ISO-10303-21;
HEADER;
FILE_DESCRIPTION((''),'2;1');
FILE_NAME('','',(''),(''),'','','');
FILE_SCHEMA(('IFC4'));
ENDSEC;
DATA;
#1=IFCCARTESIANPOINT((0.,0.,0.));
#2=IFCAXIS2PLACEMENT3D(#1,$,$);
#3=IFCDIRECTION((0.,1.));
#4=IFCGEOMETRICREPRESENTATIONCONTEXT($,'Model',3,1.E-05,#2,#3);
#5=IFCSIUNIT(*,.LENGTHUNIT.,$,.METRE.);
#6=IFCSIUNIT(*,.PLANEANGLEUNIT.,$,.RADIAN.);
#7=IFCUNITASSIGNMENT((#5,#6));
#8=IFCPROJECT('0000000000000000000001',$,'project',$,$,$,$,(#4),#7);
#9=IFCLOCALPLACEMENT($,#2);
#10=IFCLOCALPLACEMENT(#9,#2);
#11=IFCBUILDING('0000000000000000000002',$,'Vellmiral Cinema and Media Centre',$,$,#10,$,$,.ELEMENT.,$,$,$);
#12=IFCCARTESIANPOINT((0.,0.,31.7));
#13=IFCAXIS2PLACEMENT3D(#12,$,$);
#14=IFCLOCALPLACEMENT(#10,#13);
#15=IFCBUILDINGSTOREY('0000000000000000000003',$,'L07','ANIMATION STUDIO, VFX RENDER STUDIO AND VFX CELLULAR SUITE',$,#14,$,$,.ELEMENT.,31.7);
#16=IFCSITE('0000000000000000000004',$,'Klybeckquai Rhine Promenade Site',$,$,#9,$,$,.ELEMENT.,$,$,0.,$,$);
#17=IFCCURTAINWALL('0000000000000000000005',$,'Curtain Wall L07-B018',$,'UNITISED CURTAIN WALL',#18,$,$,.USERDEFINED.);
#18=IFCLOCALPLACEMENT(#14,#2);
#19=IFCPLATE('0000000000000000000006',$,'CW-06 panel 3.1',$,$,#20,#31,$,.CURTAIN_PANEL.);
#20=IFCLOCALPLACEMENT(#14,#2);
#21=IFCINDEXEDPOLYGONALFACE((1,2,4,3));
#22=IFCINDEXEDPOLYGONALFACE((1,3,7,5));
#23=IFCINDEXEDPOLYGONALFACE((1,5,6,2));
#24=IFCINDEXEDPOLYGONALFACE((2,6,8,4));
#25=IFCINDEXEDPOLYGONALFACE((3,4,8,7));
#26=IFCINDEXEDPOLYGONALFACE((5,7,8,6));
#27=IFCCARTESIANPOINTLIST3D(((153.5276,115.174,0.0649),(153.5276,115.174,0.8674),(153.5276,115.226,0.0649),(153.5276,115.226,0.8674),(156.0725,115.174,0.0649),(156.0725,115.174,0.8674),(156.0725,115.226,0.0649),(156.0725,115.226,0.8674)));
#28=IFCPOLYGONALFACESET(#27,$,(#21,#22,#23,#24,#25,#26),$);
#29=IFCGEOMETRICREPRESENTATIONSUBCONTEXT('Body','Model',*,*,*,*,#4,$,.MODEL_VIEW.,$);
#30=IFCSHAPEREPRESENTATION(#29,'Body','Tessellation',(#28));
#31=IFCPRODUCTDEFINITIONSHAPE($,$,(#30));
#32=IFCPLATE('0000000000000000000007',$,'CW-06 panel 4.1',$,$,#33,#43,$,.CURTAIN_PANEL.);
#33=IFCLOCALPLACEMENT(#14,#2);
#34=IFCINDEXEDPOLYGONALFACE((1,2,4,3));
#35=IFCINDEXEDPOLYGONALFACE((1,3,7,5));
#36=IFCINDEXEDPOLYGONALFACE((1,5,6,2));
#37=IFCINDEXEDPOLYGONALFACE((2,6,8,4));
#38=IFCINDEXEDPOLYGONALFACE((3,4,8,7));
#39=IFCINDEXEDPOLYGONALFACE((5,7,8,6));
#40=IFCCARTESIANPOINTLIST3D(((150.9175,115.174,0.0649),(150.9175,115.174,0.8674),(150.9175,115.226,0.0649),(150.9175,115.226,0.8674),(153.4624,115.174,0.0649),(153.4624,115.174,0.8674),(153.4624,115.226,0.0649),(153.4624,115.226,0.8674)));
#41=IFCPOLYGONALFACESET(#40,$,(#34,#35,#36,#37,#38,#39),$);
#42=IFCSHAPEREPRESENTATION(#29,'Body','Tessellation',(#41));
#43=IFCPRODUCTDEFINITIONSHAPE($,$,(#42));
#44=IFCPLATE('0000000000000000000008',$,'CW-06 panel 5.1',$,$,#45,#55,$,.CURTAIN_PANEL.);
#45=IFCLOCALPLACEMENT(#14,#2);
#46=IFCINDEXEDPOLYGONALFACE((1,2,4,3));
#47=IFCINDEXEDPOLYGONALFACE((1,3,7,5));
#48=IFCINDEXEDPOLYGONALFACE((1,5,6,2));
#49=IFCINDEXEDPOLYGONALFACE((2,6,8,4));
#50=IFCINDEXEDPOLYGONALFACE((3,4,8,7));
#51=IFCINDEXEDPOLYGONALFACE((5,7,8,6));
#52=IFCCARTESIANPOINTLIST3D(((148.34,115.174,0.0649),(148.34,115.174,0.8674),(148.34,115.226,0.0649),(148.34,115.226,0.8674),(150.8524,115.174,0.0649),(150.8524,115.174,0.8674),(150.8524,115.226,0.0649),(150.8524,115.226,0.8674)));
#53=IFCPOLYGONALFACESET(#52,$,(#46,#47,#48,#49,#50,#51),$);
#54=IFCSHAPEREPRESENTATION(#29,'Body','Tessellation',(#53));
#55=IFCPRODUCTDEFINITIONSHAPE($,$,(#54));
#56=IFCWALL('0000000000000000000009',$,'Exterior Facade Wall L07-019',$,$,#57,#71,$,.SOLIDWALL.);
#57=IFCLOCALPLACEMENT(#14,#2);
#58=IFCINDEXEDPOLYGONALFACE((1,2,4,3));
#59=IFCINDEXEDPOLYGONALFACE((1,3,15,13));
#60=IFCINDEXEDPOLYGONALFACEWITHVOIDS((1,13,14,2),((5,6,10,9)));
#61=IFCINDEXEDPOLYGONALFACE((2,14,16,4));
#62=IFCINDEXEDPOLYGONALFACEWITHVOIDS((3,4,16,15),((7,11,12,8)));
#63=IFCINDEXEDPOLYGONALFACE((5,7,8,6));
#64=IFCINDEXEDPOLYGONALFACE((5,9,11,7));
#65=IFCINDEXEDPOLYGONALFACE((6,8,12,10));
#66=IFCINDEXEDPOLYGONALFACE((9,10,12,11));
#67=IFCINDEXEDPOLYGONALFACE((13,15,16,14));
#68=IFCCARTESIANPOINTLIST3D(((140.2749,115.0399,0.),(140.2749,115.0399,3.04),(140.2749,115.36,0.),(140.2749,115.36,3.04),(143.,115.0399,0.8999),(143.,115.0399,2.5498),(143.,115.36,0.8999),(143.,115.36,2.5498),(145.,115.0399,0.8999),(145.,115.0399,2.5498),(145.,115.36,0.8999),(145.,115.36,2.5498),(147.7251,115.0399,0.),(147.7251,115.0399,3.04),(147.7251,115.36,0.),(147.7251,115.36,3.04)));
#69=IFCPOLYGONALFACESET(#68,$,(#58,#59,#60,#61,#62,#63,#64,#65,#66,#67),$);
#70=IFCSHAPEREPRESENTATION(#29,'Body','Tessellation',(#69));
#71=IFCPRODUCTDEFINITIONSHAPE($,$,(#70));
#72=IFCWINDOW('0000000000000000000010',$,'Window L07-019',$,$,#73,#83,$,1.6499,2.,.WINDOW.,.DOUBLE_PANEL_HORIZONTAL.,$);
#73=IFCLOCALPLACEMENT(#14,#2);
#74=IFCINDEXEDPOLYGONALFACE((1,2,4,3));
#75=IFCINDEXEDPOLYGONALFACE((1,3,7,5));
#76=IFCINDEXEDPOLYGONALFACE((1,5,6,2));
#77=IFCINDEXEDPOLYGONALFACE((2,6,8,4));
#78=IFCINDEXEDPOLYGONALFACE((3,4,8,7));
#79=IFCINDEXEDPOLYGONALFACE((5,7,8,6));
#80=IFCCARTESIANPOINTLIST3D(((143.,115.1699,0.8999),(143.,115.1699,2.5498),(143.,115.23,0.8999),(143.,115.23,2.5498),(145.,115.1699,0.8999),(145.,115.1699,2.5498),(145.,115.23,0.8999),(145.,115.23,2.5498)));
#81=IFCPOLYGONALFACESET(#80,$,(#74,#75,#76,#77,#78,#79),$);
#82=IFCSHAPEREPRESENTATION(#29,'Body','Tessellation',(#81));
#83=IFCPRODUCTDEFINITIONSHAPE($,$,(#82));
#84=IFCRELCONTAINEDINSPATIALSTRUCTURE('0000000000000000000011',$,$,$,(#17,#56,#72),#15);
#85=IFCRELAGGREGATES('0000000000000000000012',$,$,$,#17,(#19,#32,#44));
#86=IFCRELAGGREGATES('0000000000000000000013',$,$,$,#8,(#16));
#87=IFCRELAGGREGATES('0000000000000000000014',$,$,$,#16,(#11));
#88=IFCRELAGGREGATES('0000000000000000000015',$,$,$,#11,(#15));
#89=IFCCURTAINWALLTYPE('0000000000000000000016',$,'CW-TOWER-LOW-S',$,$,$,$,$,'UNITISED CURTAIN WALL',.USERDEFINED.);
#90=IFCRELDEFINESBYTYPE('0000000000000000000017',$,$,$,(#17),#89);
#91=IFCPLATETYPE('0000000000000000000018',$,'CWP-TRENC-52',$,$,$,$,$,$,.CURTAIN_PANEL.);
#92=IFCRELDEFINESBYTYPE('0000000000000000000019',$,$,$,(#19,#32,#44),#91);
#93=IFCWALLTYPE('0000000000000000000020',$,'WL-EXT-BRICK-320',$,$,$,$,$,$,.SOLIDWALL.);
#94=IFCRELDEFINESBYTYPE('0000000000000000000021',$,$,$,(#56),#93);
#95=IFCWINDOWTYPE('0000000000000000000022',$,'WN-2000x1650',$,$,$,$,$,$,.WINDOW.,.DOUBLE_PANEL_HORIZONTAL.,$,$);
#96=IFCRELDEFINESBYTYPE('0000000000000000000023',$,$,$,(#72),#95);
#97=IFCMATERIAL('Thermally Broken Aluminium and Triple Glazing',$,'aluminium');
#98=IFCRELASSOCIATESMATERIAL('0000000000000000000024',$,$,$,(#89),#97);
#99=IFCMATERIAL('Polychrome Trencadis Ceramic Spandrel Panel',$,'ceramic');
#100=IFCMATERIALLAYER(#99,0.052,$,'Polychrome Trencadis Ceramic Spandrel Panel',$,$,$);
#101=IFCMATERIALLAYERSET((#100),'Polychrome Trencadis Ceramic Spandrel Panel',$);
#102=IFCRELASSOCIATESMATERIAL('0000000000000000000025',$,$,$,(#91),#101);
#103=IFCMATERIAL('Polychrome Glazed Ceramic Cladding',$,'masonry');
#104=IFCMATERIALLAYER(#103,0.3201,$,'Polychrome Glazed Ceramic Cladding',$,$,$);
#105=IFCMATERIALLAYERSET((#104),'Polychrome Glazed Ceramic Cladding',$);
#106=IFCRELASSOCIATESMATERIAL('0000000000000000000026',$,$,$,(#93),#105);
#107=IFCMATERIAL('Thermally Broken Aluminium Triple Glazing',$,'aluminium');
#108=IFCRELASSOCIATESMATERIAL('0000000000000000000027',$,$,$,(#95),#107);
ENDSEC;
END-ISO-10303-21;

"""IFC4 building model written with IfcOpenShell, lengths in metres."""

from ifc_helpers import new_model, si_unit, direction, frame, frame_2d, origin, origin_2d, place, context, subcontext, project, spatial, rectangle, extrude, material, layer, layer_set, type_object, element, fill, aggregate, save


model = new_model("IFC4")

# Units and contexts
model_context = context("Model", 3, precision=1e-05, world=origin(), true_north=direction((0.0, 1.0)))
body_context = subcontext(model_context, "Body", "Model", "MODEL_VIEW")
ifc_project = project(units=[si_unit("LENGTHUNIT", "METRE"), si_unit("PLANEANGLEUNIT", "RADIAN")], contexts=[model_context])

# Site, building, storey
site_placement = place(None, origin())
site = spatial("IfcSite", under=ifc_project, at=site_placement, Name="Klybeckquai Rhine Promenade Site", CompositionType="ELEMENT", RefElevation=0.0)
building_placement = place(site_placement, origin())
building = spatial("IfcBuilding", under=site, at=building_placement, Name="Vellmiral Cinema and Media Centre", CompositionType="ELEMENT")
storey_placement = place(building_placement, frame((0.0, 0.0, 31.7)))
storey = spatial("IfcBuildingStorey", under=building, at=storey_placement, Name="L07", Description="ANIMATION STUDIO, VFX RENDER STUDIO AND VFX CELLULAR SUITE", CompositionType="ELEMENT", Elevation=31.7)

# Curtain wall
ifc_material_1 = material(Name="Thermally Broken Aluminium and Triple Glazing", Category="aluminium")
curtain_wall_type = type_object("IfcCurtainWallType", Name="CW-TOWER-LOW-S", ElementType="UNITISED CURTAIN WALL", PredefinedType="USERDEFINED", material=ifc_material_1)
curtain_wall_placement = place(storey_placement, origin())
curtain_wall = element("IfcCurtainWall", 1, at=curtain_wall_placement, inside=storey, type_object=curtain_wall_type, Name="Curtain Wall L07-B018", ObjectType="UNITISED CURTAIN WALL", PredefinedType="USERDEFINED")

# Plates
ifc_material_2 = material(Name="Polychrome Trencadis Ceramic Spandrel Panel", Category="ceramic")
ifc_layer_1 = layer(ifc_material_2, 0.052, Name="Polychrome Trencadis Ceramic Spandrel Panel")
ifc_layer_set_1 = layer_set([ifc_layer_1], Name="Polychrome Trencadis Ceramic Spandrel Panel")
plate_type_1 = type_object("IfcPlateType", Name="CWP-TRENC-52", PredefinedType="CURTAIN_PANEL", material=ifc_layer_set_1)
plate_1_placement = place(storey_placement, frame((154.8, 115.2, 0.0649), z_axis=(0.0, 0.0, 1.0), x_axis=(-1.0, 0.0, 0.0)))
plate_1 = element("IfcPlate", 2, at=plate_1_placement, type_object=plate_type_1, Name="CW-06 panel 3.1", PredefinedType="CURTAIN_PANEL", context=body_context, shape_type="SweptSolid", body=[
    extrude(rectangle(XDim=2.5449, YDim=0.052, at=origin_2d()), origin(), (0.0, 0.0, 1.0), 0.8025),
])
plate_2_placement = place(storey_placement, frame((152.1899, 115.2, 0.0649), z_axis=(0.0, 0.0, 1.0), x_axis=(-1.0, 0.0, 0.0)))
plate_2 = element("IfcPlate", 3, at=plate_2_placement, type_object=plate_type_1, Name="CW-06 panel 4.1", PredefinedType="CURTAIN_PANEL", context=body_context, shape_type="SweptSolid", body=[
    extrude(rectangle(XDim=2.5449, YDim=0.052, at=origin_2d()), origin(), (0.0, 0.0, 1.0), 0.8025),
])
plate_3_placement = place(storey_placement, frame((149.5962, 115.2, 0.0649), z_axis=(0.0, 0.0, 1.0), x_axis=(-1.0, 0.0, 0.0)))
plate_3 = element("IfcPlate", 4, at=plate_3_placement, type_object=plate_type_1, Name="CW-06 panel 5.1", PredefinedType="CURTAIN_PANEL", context=body_context, shape_type="SweptSolid", body=[
    extrude(rectangle(XDim=2.5125, YDim=0.052, at=origin_2d()), origin(), (0.0, 0.0, 1.0), 0.8025),
])
aggregate(curtain_wall, [plate_1, plate_2, plate_3])

# Wall, opening, window
ifc_material_3 = material(Name="Polychrome Glazed Ceramic Cladding", Category="masonry")
ifc_layer_2 = layer(ifc_material_3, 0.3201, Name="Polychrome Glazed Ceramic Cladding")
ifc_layer_set_2 = layer_set([ifc_layer_2], Name="Polychrome Glazed Ceramic Cladding")
wall_type = type_object("IfcWallType", Name="WL-EXT-BRICK-320", PredefinedType="SOLIDWALL", material=ifc_layer_set_2)
wall_placement = place(storey_placement, frame((147.7251, 115.2, 0.0), z_axis=(0.0, 0.0, 1.0), x_axis=(-1.0, 0.0, 0.0)))
wall = element("IfcWall", 5, at=wall_placement, inside=storey, type_object=wall_type, Name="Exterior Facade Wall L07-019", PredefinedType="SOLIDWALL", context=body_context, shape_type="SweptSolid", body=[
    extrude(rectangle(XDim=7.4502, YDim=0.3201, at=frame_2d((3.7251, 0.0))), origin(), (0.0, 0.0, 1.0), 3.04),
])
opening_placement = place(wall_placement, frame((2.7251, 0.0, 0.8999)))
opening = element("IfcOpeningElement", 6, at=opening_placement, cuts=wall, PredefinedType="OPENING", context=body_context, shape_type="SweptSolid", body=[
    extrude(rectangle(XDim=2.0, YDim=1.6499, at=frame_2d((1.0, 0.825))), frame((0.0, 0.1719, 0.0), z_axis=(0.0, -1.0, 0.0), x_axis=(1.0, 0.0, 0.0)), (0.0, 0.0, 1.0), 0.344),
])
ifc_material_4 = material(Name="Thermally Broken Aluminium Triple Glazing", Category="aluminium")
window_type = type_object("IfcWindowType", Name="WN-2000x1650", PartitioningType="DOUBLE_PANEL_HORIZONTAL", PredefinedType="WINDOW", material=ifc_material_4)
window_placement = place(opening_placement, origin())
window = element("IfcWindow", 7, at=window_placement, inside=storey, type_object=window_type, Name="Window L07-019", OverallHeight=1.6499, OverallWidth=2.0, PartitioningType="DOUBLE_PANEL_HORIZONTAL", PredefinedType="WINDOW", context=body_context, shape_type="SweptSolid", body=[
    extrude(rectangle(XDim=2.0, YDim=1.6499, at=frame_2d((1.0, 0.825))), frame((0.0, 0.03, 0.0), z_axis=(0.0, -1.0, 0.0), x_axis=(1.0, 0.0, 0.0)), (0.0, 0.0, 1.0), 0.0601),
])
fill(opening, window)

save(model, "model.ifc")
